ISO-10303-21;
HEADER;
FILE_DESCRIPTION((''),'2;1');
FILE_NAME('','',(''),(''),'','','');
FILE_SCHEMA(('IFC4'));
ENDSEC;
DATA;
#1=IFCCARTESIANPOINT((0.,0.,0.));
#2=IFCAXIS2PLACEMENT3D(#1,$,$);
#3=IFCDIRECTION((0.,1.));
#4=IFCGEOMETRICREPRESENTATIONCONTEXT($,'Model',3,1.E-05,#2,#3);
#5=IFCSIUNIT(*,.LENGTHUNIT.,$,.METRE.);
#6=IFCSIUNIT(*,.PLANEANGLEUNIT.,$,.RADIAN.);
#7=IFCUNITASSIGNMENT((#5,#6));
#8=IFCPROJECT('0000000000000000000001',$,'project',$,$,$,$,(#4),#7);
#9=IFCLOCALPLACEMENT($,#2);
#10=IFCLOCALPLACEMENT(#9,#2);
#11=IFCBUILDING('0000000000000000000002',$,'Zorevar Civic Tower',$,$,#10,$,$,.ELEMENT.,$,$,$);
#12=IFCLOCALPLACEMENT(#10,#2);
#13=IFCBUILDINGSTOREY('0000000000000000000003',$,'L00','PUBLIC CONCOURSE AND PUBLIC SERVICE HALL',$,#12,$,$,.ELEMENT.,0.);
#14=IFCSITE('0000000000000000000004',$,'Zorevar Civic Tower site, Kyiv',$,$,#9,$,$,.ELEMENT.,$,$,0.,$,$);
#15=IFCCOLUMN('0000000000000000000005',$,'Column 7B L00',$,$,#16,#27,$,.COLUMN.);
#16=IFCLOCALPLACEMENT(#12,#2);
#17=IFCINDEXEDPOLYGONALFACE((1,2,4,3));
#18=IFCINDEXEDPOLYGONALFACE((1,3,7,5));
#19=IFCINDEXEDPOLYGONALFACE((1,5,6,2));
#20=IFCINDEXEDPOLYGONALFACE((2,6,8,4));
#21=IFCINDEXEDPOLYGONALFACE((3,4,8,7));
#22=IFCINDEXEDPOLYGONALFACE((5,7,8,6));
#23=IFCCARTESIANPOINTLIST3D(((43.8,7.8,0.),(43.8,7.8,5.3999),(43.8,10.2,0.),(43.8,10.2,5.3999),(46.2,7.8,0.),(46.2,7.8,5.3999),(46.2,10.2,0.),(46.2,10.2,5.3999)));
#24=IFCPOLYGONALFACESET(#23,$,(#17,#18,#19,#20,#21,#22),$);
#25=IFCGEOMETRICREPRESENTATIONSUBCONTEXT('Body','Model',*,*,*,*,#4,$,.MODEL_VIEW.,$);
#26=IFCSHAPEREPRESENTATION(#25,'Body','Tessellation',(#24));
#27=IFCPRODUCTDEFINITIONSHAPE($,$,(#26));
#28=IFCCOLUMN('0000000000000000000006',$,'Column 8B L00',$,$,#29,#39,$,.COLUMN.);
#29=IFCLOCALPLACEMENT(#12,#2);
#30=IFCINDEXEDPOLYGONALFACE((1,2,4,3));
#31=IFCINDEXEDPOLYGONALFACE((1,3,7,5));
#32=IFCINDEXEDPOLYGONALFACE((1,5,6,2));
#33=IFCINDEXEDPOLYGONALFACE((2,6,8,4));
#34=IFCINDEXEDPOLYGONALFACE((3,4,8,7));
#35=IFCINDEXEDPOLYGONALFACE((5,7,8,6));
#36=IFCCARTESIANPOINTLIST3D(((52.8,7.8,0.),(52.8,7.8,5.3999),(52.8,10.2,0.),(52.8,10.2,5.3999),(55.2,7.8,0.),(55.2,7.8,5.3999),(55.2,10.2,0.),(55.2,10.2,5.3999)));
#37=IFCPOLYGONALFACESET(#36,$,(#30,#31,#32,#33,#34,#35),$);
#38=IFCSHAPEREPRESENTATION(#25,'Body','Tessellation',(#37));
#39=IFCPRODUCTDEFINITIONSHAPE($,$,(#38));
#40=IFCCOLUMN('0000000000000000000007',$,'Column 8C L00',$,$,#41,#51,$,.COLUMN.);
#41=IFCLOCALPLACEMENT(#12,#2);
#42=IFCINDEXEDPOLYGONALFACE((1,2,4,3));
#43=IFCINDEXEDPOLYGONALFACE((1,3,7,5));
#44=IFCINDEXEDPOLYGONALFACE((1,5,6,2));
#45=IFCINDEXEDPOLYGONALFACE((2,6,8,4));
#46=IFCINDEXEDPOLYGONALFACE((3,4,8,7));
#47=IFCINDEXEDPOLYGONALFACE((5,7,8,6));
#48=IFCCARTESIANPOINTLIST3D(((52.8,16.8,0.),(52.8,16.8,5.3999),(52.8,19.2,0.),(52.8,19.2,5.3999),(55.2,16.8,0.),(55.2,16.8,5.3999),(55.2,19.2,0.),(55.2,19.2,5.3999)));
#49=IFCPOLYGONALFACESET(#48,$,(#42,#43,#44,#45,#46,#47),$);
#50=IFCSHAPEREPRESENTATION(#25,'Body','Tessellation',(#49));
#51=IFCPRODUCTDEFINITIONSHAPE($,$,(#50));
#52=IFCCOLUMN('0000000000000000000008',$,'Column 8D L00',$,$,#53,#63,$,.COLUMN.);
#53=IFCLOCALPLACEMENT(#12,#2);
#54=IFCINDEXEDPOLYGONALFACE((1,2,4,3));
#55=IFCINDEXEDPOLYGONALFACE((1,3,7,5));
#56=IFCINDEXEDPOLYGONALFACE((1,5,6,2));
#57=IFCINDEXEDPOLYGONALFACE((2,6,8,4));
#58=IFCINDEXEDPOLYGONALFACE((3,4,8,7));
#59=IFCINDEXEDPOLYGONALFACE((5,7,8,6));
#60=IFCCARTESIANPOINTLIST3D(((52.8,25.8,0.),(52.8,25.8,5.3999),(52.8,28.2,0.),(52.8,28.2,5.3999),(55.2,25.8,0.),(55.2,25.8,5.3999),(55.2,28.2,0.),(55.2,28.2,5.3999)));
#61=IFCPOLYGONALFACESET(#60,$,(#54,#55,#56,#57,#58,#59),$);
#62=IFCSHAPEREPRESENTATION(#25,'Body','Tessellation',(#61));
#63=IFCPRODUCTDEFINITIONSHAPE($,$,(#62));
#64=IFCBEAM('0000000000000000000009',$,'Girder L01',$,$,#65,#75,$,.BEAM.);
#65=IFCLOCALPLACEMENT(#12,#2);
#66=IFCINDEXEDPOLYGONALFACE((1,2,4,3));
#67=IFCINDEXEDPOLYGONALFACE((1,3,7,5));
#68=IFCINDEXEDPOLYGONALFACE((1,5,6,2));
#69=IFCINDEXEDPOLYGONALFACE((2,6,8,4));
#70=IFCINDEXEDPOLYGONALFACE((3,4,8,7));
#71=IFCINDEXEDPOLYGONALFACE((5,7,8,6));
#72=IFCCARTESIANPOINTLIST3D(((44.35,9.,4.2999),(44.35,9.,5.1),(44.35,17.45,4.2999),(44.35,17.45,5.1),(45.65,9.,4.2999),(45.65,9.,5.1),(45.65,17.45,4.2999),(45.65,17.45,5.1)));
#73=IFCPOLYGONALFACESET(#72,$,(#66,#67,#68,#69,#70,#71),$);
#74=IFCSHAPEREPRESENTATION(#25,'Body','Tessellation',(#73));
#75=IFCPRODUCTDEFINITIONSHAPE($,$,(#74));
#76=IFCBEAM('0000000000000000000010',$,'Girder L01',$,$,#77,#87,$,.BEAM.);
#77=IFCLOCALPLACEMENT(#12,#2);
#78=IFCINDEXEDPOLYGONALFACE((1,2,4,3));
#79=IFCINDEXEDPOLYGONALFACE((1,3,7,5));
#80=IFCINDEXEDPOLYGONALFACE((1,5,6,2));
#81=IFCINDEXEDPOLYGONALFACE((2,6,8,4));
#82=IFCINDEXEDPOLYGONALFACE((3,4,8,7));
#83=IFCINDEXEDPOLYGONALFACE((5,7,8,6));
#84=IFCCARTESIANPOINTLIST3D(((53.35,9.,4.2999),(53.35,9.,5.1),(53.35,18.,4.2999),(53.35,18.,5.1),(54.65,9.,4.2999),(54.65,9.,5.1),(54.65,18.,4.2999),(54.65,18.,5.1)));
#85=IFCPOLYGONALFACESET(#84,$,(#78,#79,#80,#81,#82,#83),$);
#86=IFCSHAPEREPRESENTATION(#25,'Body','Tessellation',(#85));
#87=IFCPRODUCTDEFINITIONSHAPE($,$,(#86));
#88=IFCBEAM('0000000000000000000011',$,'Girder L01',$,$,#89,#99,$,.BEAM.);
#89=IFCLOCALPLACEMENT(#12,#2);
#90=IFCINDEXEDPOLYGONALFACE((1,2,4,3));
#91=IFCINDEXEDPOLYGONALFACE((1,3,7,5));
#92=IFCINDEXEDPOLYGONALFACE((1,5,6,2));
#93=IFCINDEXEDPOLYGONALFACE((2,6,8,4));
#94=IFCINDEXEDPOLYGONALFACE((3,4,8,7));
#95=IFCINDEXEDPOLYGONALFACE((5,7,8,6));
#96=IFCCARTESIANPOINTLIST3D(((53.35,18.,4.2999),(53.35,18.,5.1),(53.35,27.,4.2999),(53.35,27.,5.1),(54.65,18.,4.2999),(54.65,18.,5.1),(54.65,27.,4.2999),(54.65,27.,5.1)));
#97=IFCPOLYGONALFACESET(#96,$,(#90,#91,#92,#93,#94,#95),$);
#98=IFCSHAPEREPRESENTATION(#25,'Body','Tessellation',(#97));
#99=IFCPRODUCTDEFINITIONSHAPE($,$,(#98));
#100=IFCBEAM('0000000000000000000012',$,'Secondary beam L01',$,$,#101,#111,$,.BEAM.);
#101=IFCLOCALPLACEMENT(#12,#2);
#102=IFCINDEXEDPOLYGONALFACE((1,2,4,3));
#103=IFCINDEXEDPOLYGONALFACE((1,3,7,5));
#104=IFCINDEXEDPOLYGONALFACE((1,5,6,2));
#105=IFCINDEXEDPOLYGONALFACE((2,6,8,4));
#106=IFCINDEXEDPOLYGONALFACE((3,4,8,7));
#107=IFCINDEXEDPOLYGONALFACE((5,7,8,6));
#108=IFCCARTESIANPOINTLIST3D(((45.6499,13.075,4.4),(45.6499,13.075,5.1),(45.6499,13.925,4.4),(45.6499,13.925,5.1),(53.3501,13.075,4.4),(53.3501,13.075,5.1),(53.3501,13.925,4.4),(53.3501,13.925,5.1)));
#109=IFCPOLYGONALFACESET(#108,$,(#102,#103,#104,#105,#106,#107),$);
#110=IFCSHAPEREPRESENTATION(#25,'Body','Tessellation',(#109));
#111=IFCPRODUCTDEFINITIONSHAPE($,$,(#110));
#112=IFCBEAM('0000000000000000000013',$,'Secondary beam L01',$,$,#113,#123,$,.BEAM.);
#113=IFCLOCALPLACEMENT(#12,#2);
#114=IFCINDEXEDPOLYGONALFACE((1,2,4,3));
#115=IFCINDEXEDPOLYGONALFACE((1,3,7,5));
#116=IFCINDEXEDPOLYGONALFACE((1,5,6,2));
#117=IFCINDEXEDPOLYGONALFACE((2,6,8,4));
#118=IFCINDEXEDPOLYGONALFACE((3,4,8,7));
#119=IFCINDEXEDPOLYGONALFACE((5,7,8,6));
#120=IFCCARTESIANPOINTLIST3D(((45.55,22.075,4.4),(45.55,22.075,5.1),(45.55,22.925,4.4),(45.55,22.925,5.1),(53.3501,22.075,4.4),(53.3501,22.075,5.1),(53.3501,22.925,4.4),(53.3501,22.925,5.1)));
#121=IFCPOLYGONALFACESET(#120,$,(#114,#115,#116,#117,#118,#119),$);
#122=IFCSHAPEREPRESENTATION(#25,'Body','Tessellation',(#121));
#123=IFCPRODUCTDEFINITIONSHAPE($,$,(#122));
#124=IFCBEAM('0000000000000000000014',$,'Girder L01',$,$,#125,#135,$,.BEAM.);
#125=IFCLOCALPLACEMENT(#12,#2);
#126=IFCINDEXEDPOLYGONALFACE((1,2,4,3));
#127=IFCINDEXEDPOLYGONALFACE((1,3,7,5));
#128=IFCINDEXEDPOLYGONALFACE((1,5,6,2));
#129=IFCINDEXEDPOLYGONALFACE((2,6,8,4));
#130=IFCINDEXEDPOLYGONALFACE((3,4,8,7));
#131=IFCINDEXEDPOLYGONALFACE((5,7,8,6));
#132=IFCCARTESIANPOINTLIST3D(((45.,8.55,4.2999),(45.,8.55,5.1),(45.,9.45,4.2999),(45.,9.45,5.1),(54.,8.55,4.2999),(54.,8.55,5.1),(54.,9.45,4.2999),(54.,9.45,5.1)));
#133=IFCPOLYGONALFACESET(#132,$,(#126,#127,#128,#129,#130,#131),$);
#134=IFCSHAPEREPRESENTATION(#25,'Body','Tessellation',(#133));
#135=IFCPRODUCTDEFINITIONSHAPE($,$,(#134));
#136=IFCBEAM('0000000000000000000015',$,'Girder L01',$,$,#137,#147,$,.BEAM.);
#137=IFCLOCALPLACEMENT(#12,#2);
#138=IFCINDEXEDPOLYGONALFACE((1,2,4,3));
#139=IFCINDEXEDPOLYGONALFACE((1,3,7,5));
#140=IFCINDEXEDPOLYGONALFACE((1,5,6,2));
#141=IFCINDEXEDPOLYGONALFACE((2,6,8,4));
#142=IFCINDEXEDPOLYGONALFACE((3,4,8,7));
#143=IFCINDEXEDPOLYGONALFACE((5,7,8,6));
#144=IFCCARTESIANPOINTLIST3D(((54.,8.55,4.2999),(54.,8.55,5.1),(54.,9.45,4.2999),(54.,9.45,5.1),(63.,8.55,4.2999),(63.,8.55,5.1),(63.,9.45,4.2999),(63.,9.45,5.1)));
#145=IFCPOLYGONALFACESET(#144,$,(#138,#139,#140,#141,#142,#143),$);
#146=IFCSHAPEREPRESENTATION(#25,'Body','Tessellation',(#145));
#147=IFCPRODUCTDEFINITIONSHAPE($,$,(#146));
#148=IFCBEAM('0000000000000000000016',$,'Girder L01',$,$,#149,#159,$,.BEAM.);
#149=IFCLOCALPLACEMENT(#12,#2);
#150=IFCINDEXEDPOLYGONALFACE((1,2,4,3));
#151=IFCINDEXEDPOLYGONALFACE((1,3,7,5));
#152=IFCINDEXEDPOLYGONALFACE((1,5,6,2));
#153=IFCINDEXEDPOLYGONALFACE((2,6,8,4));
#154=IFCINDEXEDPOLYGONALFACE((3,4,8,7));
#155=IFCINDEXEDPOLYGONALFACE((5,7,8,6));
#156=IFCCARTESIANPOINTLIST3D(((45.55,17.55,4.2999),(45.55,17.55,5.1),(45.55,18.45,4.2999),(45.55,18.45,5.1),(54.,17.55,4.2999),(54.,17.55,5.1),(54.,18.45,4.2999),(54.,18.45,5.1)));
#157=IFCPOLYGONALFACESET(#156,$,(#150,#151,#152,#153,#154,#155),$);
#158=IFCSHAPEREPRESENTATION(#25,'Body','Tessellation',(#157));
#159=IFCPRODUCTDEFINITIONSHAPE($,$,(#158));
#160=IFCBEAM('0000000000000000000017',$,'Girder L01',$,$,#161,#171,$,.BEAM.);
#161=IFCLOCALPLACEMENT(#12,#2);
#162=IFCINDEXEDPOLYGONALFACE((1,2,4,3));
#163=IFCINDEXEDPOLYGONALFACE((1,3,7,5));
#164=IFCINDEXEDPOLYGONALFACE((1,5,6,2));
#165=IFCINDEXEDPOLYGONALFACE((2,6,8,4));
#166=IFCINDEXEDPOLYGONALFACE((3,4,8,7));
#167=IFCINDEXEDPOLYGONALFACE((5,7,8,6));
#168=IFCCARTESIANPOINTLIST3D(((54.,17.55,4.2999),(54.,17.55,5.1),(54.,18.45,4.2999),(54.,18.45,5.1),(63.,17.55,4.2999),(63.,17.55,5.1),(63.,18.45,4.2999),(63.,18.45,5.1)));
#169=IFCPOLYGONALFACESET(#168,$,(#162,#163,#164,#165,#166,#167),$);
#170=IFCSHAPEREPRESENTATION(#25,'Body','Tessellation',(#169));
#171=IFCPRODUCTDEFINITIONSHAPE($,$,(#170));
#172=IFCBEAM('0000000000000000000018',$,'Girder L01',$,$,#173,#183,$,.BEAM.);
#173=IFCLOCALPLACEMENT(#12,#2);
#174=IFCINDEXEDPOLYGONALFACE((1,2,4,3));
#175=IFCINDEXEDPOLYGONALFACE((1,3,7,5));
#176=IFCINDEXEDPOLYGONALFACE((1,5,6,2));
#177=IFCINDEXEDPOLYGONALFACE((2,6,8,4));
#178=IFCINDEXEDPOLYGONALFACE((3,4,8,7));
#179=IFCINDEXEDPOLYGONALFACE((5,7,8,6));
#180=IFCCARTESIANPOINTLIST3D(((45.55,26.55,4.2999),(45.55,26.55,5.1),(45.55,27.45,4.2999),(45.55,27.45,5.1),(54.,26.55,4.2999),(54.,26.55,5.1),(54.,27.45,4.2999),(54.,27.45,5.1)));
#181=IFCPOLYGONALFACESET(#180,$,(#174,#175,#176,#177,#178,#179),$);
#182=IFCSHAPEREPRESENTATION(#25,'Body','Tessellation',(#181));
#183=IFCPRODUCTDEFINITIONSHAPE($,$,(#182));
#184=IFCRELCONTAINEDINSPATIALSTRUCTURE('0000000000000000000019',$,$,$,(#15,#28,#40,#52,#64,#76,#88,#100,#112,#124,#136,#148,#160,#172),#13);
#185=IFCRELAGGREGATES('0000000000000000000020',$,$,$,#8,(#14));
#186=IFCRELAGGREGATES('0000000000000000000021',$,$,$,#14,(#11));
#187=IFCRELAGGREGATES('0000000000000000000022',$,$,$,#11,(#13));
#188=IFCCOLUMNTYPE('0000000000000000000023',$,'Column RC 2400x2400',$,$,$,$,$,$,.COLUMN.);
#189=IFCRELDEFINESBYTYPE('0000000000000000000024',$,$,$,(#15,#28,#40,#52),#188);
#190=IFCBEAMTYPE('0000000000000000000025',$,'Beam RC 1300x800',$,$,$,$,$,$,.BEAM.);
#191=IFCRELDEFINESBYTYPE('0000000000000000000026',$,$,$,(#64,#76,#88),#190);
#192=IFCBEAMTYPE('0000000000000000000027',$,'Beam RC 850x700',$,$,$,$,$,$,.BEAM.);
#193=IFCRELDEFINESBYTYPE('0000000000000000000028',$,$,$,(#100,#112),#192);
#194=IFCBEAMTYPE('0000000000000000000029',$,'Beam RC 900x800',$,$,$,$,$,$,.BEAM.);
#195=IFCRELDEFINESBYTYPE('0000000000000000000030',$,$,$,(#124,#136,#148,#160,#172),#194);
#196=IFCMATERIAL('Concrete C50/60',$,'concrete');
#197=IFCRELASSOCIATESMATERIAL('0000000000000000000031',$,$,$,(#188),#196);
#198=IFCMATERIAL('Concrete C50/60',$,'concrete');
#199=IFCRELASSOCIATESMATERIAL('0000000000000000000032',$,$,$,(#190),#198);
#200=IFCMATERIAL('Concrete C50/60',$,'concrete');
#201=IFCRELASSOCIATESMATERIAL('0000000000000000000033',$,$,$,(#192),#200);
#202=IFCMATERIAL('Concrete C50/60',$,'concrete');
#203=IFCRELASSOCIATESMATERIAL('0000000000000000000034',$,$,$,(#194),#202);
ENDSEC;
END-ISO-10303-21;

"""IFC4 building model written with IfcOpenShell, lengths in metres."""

from ifc_helpers import new_model, si_unit, direction, frame, origin, origin_2d, place, context, subcontext, project, spatial, rectangle, extrude, material, material_profile, profile_set, type_object, element, save


model = new_model("IFC4")

# Units and contexts
model_context = context("Model", 3, precision=1e-05, world=origin(), true_north=direction((0.0, 1.0)))
body_context = subcontext(model_context, "Body", "Model", "MODEL_VIEW")
ifc_project = project(units=[si_unit("LENGTHUNIT", "METRE"), si_unit("PLANEANGLEUNIT", "RADIAN")], contexts=[model_context])

# Site, building, storey
site_placement = place(None, origin())
site = spatial("IfcSite", under=ifc_project, at=site_placement, Name="Zorevar Civic Tower site, Kyiv", CompositionType="ELEMENT", RefElevation=0.0)
building_placement = place(site_placement, origin())
building = spatial("IfcBuilding", under=site, at=building_placement, Name="Zorevar Civic Tower", CompositionType="ELEMENT")
storey_placement = place(building_placement, origin())
storey = spatial("IfcBuildingStorey", under=building, at=storey_placement, Name="L00", Description="PUBLIC CONCOURSE AND PUBLIC SERVICE HALL", CompositionType="ELEMENT", Elevation=0.0)

# Columns
ifc_material_1 = material(Name="Concrete C50/60", Category="concrete")
ifc_material_profile_1 = material_profile(ifc_material_1, rectangle(XDim=2.3999, YDim=2.3999, at=origin_2d()), Name="RC 2400x2400")
ifc_profile_set_1 = profile_set([ifc_material_profile_1], Name="Concrete C50/60")
column_type = type_object("IfcColumnType", Name="Column RC 2400x2400", PredefinedType="COLUMN", material=ifc_profile_set_1)
for number, where, z_axis, x_axis, name in (
    (1, (45.0, 9.0, 0.0), (0.0, 0.0, 1.0), (1.0, 0.0, 0.0), "Column 7B L00"),
    (2, (54.0, 9.0, 0.0), (0.0, 0.0, 1.0), (1.0, 0.0, 0.0), "Column 8B L00"),
    (3, (54.0, 18.0, 0.0), (0.0, 0.0, 1.0), (1.0, 0.0, 0.0), "Column 8C L00"),
    (4, (54.0, 27.0, 0.0), (0.0, 0.0, 1.0), (1.0, 0.0, 0.0), "Column 8D L00"),
):
    element("IfcColumn", number, at=place(storey_placement, frame(where, z_axis=z_axis, x_axis=x_axis)), inside=storey, type_object=column_type, Name=name, PredefinedType="COLUMN", context=body_context, shape_type="SweptSolid", body=[
        extrude(rectangle(XDim=2.3999, YDim=2.3999, at=origin_2d()), origin(), (0.0, 0.0, 1.0), 5.3999),
    ])

# Beams
ifc_material_2 = material(Name="Concrete C50/60", Category="concrete")
ifc_material_profile_2 = material_profile(ifc_material_2, rectangle(XDim=1.3, YDim=0.8, at=origin_2d()), Name="RC 1300x800")
ifc_profile_set_2 = profile_set([ifc_material_profile_2], Name="Concrete C50/60")
beam_type_1 = type_object("IfcBeamType", Name="Beam RC 1300x800", PredefinedType="BEAM", material=ifc_profile_set_2)
beam_1_placement = place(storey_placement, frame((45.0, 9.0, 4.7), z_axis=(0.0, 1.0, 0.0), x_axis=(-1.0, 0.0, 0.0)))
element("IfcBeam", 5, at=beam_1_placement, inside=storey, type_object=beam_type_1, Name="Girder L01", PredefinedType="BEAM", context=body_context, shape_type="SweptSolid", body=[
    extrude(rectangle(XDim=1.3, YDim=0.8, at=origin_2d()), origin(), (0.0, 0.0, 1.0), 8.45),
])
for number, where, z_axis, x_axis, name in (
    (6, (54.0, 9.0, 4.7), (0.0, 1.0, 0.0), (-1.0, 0.0, 0.0), "Girder L01"),
    (7, (54.0, 18.0, 4.7), (0.0, 1.0, 0.0), (-1.0, 0.0, 0.0), "Girder L01"),
):
    element("IfcBeam", number, at=place(storey_placement, frame(where, z_axis=z_axis, x_axis=x_axis)), inside=storey, type_object=beam_type_1, Name=name, PredefinedType="BEAM", context=body_context, shape_type="SweptSolid", body=[
        extrude(rectangle(XDim=1.3, YDim=0.8, at=origin_2d()), origin(), (0.0, 0.0, 1.0), 9.0),
    ])
ifc_material_3 = material(Name="Concrete C50/60", Category="concrete")
ifc_material_profile_3 = material_profile(ifc_material_3, rectangle(XDim=0.8501, YDim=0.7, at=origin_2d()), Name="RC 850x700")
ifc_profile_set_3 = profile_set([ifc_material_profile_3], Name="Concrete C50/60")
beam_type_2 = type_object("IfcBeamType", Name="Beam RC 850x700", PredefinedType="BEAM", material=ifc_profile_set_3)
beam_2_placement = place(storey_placement, frame((45.6499, 13.5, 4.75), z_axis=(1.0, 0.0, 0.0), x_axis=(0.0, 1.0, 0.0)))
element("IfcBeam", 8, at=beam_2_placement, inside=storey, type_object=beam_type_2, Name="Secondary beam L01", PredefinedType="BEAM", context=body_context, shape_type="SweptSolid", body=[
    extrude(rectangle(XDim=0.8501, YDim=0.7, at=origin_2d()), origin(), (0.0, 0.0, 1.0), 7.7002),
])
beam_3_placement = place(storey_placement, frame((45.55, 22.5, 4.75), z_axis=(1.0, 0.0, 0.0), x_axis=(0.0, 1.0, 0.0)))
element("IfcBeam", 9, at=beam_3_placement, inside=storey, type_object=beam_type_2, Name="Secondary beam L01", PredefinedType="BEAM", context=body_context, shape_type="SweptSolid", body=[
    extrude(rectangle(XDim=0.8501, YDim=0.7, at=origin_2d()), origin(), (0.0, 0.0, 1.0), 7.8),
])
ifc_material_4 = material(Name="Concrete C50/60", Category="concrete")
ifc_material_profile_4 = material_profile(ifc_material_4, rectangle(XDim=0.8999, YDim=0.8, at=origin_2d()), Name="RC 900x800")
ifc_profile_set_4 = profile_set([ifc_material_profile_4], Name="Concrete C50/60")
beam_type_3 = type_object("IfcBeamType", Name="Beam RC 900x800", PredefinedType="BEAM", material=ifc_profile_set_4)
for number, where, z_axis, x_axis, name in (
    (10, (45.0, 9.0, 4.7), (1.0, 0.0, 0.0), (0.0, 1.0, 0.0), "Girder L01"),
    (11, (54.0, 9.0, 4.7), (1.0, 0.0, 0.0), (0.0, 1.0, 0.0), "Girder L01"),
):
    element("IfcBeam", number, at=place(storey_placement, frame(where, z_axis=z_axis, x_axis=x_axis)), inside=storey, type_object=beam_type_3, Name=name, PredefinedType="BEAM", context=body_context, shape_type="SweptSolid", body=[
        extrude(rectangle(XDim=0.8999, YDim=0.8, at=origin_2d()), origin(), (0.0, 0.0, 1.0), 9.0),
    ])
beam_4_placement = place(storey_placement, frame((45.55, 18.0, 4.7), z_axis=(1.0, 0.0, 0.0), x_axis=(0.0, 1.0, 0.0)))
element("IfcBeam", 12, at=beam_4_placement, inside=storey, type_object=beam_type_3, Name="Girder L01", PredefinedType="BEAM", context=body_context, shape_type="SweptSolid", body=[
    extrude(rectangle(XDim=0.8999, YDim=0.8, at=origin_2d()), origin(), (0.0, 0.0, 1.0), 8.45),
])
beam_5_placement = place(storey_placement, frame((54.0, 18.0, 4.7), z_axis=(1.0, 0.0, 0.0), x_axis=(0.0, 1.0, 0.0)))
element("IfcBeam", 13, at=beam_5_placement, inside=storey, type_object=beam_type_3, Name="Girder L01", PredefinedType="BEAM", context=body_context, shape_type="SweptSolid", body=[
    extrude(rectangle(XDim=0.8999, YDim=0.8, at=origin_2d()), origin(), (0.0, 0.0, 1.0), 9.0),
])
beam_6_placement = place(storey_placement, frame((45.55, 27.0, 4.7), z_axis=(1.0, 0.0, 0.0), x_axis=(0.0, 1.0, 0.0)))
element("IfcBeam", 14, at=beam_6_placement, inside=storey, type_object=beam_type_3, Name="Girder L01", PredefinedType="BEAM", context=body_context, shape_type="SweptSolid", body=[
    extrude(rectangle(XDim=0.8999, YDim=0.8, at=origin_2d()), origin(), (0.0, 0.0, 1.0), 8.45),
])

save(model, "model.ifc")
